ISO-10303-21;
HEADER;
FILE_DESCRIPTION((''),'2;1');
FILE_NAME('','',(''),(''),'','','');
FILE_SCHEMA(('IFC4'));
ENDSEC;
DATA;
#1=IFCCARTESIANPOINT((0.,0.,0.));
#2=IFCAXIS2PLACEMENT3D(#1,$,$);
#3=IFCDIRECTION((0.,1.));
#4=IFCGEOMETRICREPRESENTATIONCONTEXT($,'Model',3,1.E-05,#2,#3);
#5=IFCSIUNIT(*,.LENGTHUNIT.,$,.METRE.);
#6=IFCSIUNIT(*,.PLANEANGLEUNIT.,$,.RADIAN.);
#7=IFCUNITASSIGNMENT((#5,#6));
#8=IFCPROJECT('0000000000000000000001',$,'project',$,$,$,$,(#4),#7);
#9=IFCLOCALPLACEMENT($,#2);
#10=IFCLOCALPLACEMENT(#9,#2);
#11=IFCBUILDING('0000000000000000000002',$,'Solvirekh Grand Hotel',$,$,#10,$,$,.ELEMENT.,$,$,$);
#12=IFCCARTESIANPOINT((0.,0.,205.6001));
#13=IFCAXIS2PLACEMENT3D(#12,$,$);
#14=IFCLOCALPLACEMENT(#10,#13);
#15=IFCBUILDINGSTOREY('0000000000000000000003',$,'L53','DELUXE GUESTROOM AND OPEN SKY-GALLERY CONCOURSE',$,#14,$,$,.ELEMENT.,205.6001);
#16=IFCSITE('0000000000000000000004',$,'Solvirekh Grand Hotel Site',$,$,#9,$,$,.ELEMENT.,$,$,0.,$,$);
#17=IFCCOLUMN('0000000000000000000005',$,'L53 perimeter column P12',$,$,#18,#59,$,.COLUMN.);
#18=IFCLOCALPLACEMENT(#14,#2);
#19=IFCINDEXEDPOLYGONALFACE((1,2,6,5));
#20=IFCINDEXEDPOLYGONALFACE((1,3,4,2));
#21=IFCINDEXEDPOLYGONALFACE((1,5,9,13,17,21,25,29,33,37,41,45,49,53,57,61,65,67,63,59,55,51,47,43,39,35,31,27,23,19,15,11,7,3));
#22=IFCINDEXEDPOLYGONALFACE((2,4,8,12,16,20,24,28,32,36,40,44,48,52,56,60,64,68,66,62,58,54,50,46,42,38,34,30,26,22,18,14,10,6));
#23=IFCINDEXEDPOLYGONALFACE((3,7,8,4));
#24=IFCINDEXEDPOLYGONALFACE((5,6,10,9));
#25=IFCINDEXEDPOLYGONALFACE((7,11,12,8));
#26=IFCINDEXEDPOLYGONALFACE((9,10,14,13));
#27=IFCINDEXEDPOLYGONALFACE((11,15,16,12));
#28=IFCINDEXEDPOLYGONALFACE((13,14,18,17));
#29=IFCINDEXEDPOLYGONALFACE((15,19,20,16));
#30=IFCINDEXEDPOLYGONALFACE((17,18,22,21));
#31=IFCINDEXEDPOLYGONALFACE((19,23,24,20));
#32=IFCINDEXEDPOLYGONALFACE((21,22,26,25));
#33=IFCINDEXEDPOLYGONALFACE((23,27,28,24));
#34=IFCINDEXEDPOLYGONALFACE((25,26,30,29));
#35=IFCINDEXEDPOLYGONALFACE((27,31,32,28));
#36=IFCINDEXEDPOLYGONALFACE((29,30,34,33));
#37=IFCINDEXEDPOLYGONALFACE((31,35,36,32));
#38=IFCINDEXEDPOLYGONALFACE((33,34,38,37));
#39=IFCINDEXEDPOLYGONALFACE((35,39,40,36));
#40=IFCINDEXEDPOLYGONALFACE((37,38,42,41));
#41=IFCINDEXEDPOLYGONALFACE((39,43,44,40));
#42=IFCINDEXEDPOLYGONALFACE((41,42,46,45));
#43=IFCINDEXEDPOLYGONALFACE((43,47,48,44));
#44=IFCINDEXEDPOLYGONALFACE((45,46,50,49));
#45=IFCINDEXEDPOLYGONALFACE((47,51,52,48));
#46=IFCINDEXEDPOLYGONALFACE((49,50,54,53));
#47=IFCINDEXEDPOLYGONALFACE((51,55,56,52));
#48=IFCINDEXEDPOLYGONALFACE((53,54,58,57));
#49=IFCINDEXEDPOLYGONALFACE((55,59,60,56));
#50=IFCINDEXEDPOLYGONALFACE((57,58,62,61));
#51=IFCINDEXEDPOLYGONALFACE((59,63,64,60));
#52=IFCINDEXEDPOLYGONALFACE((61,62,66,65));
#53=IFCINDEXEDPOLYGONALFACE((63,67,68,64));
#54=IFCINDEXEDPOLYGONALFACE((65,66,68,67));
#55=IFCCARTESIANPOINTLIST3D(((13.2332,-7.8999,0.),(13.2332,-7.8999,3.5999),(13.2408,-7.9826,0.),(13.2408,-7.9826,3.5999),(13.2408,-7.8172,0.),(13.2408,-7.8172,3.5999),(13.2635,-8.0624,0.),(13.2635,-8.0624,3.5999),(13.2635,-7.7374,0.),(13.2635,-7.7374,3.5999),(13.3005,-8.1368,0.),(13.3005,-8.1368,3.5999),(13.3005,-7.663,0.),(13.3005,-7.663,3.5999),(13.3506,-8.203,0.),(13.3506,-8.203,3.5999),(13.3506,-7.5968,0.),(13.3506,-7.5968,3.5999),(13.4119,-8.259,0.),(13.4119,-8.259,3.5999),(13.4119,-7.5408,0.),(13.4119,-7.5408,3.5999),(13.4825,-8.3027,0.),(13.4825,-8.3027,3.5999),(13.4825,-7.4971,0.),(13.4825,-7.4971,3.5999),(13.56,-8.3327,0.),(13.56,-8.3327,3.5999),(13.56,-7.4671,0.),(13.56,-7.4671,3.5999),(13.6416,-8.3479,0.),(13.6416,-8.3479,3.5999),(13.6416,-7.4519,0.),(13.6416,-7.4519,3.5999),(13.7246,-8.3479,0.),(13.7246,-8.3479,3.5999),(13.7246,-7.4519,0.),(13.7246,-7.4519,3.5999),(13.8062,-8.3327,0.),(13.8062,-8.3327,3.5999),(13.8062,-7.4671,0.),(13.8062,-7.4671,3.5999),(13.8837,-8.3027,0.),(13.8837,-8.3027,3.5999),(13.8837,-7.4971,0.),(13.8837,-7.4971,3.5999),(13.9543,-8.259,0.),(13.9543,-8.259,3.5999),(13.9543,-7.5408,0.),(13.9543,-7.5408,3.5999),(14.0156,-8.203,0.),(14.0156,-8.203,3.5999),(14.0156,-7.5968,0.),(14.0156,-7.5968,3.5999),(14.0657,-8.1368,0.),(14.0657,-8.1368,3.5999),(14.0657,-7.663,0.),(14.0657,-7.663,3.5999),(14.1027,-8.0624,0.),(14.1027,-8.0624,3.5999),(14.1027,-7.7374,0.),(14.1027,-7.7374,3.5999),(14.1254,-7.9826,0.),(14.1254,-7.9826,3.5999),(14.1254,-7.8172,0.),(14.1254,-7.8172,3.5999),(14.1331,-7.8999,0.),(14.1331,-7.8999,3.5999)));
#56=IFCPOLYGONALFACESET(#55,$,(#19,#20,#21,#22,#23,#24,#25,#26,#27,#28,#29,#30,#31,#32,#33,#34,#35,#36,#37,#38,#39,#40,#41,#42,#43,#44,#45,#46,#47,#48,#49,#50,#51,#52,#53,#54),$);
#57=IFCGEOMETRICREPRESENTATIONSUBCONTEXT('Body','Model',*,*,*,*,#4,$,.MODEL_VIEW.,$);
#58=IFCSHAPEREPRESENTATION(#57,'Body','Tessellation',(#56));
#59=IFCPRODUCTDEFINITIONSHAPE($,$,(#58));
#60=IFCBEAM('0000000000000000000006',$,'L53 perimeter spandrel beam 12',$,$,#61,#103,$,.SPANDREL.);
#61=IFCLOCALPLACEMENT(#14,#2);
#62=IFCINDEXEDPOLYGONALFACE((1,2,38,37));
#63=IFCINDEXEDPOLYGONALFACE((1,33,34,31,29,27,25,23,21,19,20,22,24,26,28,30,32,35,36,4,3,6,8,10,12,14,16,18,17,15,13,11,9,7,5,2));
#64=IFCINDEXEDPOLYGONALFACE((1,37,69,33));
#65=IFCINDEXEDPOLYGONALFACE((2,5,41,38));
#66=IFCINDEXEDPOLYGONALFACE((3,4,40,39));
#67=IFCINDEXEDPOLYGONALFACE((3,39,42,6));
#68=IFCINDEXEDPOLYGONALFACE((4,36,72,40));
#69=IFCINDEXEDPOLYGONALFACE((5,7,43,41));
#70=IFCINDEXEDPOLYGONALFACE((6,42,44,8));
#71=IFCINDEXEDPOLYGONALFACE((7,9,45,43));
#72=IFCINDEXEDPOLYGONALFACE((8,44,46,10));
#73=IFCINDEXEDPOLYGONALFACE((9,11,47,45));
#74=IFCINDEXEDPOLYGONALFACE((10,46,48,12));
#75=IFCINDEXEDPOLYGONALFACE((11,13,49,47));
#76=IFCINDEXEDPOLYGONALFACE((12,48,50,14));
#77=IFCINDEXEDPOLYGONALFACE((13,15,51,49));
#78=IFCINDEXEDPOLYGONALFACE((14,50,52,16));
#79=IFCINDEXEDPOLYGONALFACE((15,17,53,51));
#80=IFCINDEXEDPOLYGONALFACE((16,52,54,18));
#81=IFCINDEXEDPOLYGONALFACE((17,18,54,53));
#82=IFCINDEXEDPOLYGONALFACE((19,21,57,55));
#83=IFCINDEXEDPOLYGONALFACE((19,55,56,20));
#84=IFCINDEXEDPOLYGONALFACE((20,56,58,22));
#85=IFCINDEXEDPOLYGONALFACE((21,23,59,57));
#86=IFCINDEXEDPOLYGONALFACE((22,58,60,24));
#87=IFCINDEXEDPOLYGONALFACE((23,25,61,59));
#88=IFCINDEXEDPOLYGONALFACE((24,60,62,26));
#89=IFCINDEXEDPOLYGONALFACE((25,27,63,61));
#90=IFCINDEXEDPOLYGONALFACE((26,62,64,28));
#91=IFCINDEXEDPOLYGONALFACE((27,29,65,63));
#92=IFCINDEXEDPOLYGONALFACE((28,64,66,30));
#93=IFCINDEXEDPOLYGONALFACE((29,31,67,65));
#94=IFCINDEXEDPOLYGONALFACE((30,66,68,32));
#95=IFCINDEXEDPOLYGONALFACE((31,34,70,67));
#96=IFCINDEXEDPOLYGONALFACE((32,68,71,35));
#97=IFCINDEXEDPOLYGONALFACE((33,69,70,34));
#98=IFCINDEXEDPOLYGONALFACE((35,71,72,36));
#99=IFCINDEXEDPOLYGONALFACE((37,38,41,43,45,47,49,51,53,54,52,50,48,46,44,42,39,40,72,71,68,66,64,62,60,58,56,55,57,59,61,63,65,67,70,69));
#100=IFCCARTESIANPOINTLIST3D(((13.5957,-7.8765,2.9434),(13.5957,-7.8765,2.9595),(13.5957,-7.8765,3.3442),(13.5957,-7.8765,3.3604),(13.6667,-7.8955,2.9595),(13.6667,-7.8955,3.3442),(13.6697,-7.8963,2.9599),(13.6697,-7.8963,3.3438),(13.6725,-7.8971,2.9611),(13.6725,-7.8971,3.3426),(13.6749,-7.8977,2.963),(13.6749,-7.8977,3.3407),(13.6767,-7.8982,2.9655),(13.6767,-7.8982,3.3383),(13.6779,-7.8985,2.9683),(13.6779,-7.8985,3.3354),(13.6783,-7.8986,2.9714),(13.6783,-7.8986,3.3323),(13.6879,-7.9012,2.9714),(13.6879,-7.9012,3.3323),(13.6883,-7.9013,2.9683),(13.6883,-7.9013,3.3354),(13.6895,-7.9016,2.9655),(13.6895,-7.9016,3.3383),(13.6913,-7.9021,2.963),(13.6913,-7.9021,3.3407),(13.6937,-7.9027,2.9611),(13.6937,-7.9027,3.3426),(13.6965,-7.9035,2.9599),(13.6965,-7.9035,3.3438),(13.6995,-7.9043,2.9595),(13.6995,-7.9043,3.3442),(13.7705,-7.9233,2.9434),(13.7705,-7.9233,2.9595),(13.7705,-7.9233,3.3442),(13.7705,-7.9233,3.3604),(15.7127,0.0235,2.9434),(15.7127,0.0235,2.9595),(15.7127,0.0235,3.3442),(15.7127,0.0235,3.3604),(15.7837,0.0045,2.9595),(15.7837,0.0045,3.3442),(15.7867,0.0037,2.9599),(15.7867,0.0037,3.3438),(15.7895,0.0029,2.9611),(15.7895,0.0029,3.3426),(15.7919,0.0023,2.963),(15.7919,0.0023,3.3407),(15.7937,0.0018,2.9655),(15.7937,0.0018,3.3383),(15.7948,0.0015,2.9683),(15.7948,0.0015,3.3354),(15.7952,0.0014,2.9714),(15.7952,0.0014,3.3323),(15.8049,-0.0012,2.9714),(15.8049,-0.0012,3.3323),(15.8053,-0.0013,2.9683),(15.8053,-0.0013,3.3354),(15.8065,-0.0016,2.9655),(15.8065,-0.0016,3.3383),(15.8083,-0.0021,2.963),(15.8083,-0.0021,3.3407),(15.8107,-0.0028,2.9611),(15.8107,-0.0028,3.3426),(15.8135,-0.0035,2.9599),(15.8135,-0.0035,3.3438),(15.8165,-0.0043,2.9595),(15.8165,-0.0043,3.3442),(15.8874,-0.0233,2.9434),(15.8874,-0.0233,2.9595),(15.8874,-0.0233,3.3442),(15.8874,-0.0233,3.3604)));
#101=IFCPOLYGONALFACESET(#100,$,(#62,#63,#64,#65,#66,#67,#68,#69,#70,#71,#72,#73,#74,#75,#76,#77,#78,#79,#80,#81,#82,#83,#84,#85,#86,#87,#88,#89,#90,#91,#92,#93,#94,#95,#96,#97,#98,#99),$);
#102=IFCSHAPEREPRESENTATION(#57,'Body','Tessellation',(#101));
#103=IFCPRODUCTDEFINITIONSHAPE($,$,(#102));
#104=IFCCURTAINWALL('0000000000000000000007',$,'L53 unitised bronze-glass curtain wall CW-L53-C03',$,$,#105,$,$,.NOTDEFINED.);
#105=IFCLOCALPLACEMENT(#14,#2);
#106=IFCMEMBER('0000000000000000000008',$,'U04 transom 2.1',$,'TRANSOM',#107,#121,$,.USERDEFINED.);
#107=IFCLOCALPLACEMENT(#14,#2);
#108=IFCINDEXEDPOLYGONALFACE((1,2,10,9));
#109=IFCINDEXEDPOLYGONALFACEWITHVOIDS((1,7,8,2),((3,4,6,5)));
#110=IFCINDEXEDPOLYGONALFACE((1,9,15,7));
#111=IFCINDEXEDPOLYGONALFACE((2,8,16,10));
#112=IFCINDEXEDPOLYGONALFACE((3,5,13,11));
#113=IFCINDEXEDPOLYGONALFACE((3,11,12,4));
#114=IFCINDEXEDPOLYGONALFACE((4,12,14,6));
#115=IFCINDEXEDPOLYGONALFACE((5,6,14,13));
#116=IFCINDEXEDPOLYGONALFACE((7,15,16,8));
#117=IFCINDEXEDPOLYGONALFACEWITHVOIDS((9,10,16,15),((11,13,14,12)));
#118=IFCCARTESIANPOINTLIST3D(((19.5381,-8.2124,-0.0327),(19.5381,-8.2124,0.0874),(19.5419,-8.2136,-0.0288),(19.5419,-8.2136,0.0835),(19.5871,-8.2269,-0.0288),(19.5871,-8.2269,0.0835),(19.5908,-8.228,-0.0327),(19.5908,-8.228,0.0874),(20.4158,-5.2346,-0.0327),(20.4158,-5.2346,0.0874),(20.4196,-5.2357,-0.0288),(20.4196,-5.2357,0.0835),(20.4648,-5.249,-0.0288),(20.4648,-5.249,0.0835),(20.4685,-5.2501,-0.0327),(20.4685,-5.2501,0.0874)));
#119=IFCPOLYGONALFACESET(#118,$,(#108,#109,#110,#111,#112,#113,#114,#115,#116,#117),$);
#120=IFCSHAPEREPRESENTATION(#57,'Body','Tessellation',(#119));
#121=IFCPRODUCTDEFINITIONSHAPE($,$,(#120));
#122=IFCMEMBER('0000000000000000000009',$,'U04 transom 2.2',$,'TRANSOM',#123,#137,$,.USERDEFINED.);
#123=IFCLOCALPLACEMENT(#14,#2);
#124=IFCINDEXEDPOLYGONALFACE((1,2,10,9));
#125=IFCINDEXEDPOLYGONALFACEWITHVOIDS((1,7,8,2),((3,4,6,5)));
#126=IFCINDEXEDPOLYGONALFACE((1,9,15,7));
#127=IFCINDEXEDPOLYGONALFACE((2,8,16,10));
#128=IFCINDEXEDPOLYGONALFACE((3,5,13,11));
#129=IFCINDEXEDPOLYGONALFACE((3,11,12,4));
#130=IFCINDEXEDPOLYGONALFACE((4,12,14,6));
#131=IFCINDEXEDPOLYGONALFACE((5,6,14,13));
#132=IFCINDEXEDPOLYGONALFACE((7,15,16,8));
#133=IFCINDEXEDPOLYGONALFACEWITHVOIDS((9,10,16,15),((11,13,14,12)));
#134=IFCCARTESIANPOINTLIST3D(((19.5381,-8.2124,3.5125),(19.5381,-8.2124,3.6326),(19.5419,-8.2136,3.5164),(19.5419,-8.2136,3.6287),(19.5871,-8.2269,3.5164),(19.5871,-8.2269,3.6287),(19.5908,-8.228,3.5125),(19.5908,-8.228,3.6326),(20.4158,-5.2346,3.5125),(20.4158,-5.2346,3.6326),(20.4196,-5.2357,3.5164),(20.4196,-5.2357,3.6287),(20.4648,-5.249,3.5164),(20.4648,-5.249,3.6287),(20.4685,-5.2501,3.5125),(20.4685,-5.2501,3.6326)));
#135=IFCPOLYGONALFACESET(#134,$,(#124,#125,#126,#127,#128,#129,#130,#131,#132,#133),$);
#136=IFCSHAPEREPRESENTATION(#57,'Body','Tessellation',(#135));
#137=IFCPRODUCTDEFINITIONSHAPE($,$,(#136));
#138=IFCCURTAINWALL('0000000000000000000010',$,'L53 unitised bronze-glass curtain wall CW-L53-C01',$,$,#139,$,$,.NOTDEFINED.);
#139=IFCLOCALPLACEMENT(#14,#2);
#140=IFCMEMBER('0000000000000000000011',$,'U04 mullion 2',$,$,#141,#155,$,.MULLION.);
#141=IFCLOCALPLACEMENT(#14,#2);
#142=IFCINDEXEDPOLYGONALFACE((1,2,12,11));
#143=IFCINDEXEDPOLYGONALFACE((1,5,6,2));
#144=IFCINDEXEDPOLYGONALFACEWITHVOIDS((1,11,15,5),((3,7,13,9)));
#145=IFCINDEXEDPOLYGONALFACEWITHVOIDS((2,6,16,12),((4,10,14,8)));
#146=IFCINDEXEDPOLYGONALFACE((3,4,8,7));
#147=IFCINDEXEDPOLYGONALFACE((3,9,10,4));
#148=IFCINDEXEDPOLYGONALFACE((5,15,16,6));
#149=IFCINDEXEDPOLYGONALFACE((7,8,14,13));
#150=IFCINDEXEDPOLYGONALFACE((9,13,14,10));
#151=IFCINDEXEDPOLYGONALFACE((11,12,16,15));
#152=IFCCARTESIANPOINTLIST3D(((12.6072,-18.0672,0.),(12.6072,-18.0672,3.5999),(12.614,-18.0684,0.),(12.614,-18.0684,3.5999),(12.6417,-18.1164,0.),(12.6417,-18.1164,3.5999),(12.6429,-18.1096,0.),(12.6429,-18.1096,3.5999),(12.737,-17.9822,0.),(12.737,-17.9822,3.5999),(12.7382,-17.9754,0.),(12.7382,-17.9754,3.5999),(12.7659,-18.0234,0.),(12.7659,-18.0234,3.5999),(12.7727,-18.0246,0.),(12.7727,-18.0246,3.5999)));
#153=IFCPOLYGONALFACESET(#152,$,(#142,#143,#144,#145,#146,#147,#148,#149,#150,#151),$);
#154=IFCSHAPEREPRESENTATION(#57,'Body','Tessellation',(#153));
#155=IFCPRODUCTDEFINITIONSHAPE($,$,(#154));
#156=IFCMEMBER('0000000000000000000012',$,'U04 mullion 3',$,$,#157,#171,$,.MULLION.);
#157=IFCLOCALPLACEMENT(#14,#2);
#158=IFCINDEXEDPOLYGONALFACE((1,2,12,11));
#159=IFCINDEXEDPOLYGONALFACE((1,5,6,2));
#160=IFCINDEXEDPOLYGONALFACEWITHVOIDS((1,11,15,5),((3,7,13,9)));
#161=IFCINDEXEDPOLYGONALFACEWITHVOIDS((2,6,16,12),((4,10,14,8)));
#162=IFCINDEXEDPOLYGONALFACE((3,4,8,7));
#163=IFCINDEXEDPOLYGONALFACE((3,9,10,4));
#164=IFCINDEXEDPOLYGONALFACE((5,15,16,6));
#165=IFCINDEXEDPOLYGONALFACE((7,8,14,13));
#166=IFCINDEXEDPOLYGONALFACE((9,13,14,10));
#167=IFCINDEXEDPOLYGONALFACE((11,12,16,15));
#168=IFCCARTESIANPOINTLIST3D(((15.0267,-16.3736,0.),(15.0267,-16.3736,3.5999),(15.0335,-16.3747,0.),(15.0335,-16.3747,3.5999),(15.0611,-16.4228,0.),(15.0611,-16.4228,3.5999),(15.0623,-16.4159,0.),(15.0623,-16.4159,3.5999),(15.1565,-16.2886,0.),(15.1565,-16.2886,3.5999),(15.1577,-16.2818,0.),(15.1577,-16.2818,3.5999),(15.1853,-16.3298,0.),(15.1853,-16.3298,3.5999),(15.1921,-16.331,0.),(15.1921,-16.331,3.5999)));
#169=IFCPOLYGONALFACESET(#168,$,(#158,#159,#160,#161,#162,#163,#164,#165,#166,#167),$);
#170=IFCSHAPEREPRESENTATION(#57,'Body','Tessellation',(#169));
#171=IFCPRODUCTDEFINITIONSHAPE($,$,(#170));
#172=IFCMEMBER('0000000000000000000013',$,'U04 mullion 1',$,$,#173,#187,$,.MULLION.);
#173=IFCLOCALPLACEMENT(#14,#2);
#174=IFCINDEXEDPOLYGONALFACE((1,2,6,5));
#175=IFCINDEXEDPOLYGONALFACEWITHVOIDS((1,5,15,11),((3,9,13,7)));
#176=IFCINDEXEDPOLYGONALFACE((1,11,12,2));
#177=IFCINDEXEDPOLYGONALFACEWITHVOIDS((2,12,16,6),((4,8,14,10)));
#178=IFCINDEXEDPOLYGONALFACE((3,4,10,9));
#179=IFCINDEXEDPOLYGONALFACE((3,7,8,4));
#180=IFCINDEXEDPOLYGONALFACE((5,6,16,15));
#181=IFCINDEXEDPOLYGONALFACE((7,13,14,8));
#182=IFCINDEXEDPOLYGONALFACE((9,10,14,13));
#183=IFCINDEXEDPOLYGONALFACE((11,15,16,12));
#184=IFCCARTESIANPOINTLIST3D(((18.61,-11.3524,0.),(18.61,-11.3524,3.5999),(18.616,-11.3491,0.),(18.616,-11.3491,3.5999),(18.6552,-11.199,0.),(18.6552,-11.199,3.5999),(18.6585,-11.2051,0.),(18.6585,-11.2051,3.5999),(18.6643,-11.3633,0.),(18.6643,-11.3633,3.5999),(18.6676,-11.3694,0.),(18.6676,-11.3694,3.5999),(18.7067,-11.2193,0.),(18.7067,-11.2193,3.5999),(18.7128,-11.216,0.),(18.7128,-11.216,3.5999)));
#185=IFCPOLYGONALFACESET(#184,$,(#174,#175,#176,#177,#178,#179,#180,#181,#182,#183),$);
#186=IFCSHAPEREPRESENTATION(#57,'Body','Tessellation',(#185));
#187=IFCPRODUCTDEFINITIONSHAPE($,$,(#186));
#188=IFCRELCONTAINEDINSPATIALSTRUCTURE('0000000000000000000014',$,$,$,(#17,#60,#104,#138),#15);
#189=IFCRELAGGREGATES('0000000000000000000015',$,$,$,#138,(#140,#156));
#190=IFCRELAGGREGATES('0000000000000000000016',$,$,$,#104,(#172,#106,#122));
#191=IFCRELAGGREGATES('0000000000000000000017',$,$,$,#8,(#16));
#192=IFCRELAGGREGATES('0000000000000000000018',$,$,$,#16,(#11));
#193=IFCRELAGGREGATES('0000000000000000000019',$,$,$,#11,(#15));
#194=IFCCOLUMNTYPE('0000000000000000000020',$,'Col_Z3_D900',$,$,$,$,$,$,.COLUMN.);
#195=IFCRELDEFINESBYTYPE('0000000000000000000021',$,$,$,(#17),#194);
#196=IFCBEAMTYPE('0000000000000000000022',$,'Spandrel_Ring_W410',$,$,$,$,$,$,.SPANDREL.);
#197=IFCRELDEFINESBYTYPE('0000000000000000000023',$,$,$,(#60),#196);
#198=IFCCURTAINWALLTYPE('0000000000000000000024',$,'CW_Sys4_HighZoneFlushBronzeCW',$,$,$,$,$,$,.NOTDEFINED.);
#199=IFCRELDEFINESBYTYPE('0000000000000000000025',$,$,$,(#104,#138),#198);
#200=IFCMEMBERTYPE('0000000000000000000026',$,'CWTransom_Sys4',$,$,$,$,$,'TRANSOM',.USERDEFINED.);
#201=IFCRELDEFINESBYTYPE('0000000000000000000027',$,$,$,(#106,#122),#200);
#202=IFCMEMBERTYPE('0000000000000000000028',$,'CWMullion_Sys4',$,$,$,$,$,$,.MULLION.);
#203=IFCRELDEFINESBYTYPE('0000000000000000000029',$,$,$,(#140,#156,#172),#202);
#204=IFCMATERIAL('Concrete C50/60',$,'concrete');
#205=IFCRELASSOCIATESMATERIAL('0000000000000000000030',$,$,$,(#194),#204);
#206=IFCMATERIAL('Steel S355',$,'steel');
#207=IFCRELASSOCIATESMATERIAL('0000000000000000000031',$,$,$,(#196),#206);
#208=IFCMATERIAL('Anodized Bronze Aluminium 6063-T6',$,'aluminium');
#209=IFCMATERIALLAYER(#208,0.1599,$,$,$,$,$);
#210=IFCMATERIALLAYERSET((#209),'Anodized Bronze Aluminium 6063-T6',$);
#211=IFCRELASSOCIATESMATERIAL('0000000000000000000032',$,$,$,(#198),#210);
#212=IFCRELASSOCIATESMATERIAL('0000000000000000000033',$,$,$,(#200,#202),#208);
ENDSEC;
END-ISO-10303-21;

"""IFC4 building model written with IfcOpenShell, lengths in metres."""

from ifc_helpers import new_model, si_unit, direction, frame, origin, origin_2d, place, context, subcontext, project, spatial, hollow_rectangle, circle, i_section, extrude, source, transform, mapped, material, layer, layer_set, material_profile, profile_set, type_object, element, aggregate, save


model = new_model("IFC4")

# Units and contexts
model_context = context("Model", 3, precision=1e-05, world=origin(), true_north=direction((0.0, 1.0)))
body_context = subcontext(model_context, "Body", "Model", "MODEL_VIEW")
ifc_project = project(units=[si_unit("LENGTHUNIT", "METRE"), si_unit("PLANEANGLEUNIT", "RADIAN")], contexts=[model_context])

# Site, building, storey
site_placement = place(None, origin())
site = spatial("IfcSite", under=ifc_project, at=site_placement, Name="Solvirekh Grand Hotel Site", CompositionType="ELEMENT", RefElevation=0.0)
building_placement = place(site_placement, origin())
building = spatial("IfcBuilding", under=site, at=building_placement, Name="Solvirekh Grand Hotel", CompositionType="ELEMENT")
storey_placement = place(building_placement, frame((0.0, 0.0, 205.6001)))
storey = spatial("IfcBuildingStorey", under=building, at=storey_placement, Name="L53", Description="DELUXE GUESTROOM AND OPEN SKY-GALLERY CONCOURSE", CompositionType="ELEMENT", Elevation=205.6001)

# Column
ifc_material_1 = material(Name="Concrete C50/60", Category="concrete")
ifc_material_profile_1 = material_profile(ifc_material_1, circle(Radius=0.45, at=origin_2d()), Name="RC CIRC D900")
ifc_profile_set_1 = profile_set([ifc_material_profile_1], Name="Concrete C50/60")
column_type = type_object("IfcColumnType", Name="Col_Z3_D900", PredefinedType="COLUMN", material=ifc_profile_set_1)
column_placement = place(storey_placement, frame((13.6831, -7.8999, 0.0), z_axis=(0.0, 0.0, 1.0), x_axis=(1.0, 0.0, 0.0)))
element("IfcColumn", 1, at=column_placement, inside=storey, type_object=column_type, Name="L53 perimeter column P12", PredefinedType="COLUMN", context=body_context, shape_type="SweptSolid", body=[
    extrude(circle(Radius=0.45, at=origin_2d()), origin(), (0.0, 0.0, 1.0), 3.5999),
])

# Beam
ifc_material_2 = material(Name="Steel S355", Category="steel")
ifc_material_profile_2 = material_profile(ifc_material_2, i_section(OverallWidth=0.1809, OverallDepth=0.417, WebThickness=0.01, FlangeThickness=0.0161, FilletRadius=0.012, at=origin_2d()), Name="W410X85")
ifc_profile_set_2 = profile_set([ifc_material_profile_2], Name="Steel S355")
beam_type = type_object("IfcBeamType", Name="Spandrel_Ring_W410", PredefinedType="SPANDREL", material=ifc_profile_set_2)
beam_placement = place(storey_placement, frame((13.6831, -7.8999, 3.1519), z_axis=(0.258839, 0.965921, 0.0), x_axis=(-0.965921, 0.258839, 0.0)))
element("IfcBeam", 2, at=beam_placement, inside=storey, type_object=beam_type, Name="L53 perimeter spandrel beam 12", PredefinedType="SPANDREL", context=body_context, shape_type="SweptSolid", body=[
    extrude(i_section(OverallWidth=0.1809, OverallDepth=0.417, WebThickness=0.01, FlangeThickness=0.0161, FilletRadius=0.012, at=origin_2d()), origin(), (0.0, 0.0, 1.0), 8.1787),
])

# Curtain walls, members
ifc_material_3 = material(Name="Anodized Bronze Aluminium 6063-T6", Category="aluminium")
ifc_layer_1 = layer(ifc_material_3, 0.1599)
ifc_layer_set_1 = layer_set([ifc_layer_1], Name="Anodized Bronze Aluminium 6063-T6")
curtain_wall_type = type_object("IfcCurtainWallType", Name="CW_Sys4_HighZoneFlushBronzeCW", PredefinedType="NOTDEFINED", material=ifc_layer_set_1)
curtain_wall_1_placement = place(storey_placement, origin())
curtain_wall_1 = element("IfcCurtainWall", 3, at=curtain_wall_1_placement, inside=storey, type_object=curtain_wall_type, Name="L53 unitised bronze-glass curtain wall CW-L53-C03", PredefinedType="NOTDEFINED")
ifc_material_profile_3 = material_profile(ifc_material_3, hollow_rectangle(XDim=0.0549, YDim=0.1201, WallThickness=0.0039, at=origin_2d()), Name="ALU RHS 120X55X4")
ifc_profile_set_3 = profile_set([ifc_material_profile_3], Name="Anodized Bronze Aluminium 6063-T6")
member_type_1 = type_object("IfcMemberType", Name="CWTransom_Sys4", ElementType="TRANSOM", PredefinedType="USERDEFINED", material=ifc_profile_set_3)
shared_shape_1 = source(origin(), body_context, "Body", "SweptSolid", [
    extrude(hollow_rectangle(XDim=0.0549, YDim=0.1201, WallThickness=0.0039, at=origin_2d()), origin(), (0.0, 0.0, 1.0), 3.1045),
])
member_1_placement = place(storey_placement, frame((19.5645, -8.2202, 0.0273), z_axis=(0.28272, 0.959203, 0.0), x_axis=(-0.959203, 0.28272, 0.0)))
member_1 = element("IfcMember", 4, at=member_1_placement, type_object=member_type_1, Name="U04 transom 2.1", ObjectType="TRANSOM", PredefinedType="USERDEFINED", context=body_context, shape_type="MappedRepresentation", body=[
    mapped(shared_shape_1, transform((0.0, 0.0, 0.0), x_axis=(1.0, 0.0, 0.0), y_axis=(0.0, 1.0, 0.0), z_axis=(0.0, 0.0, 1.0), scale=1.0)),
])
member_2_placement = place(storey_placement, frame((19.5645, -8.2202, 3.5725), z_axis=(0.28272, 0.959203, 0.0), x_axis=(-0.959203, 0.28272, 0.0)))
member_2 = element("IfcMember", 5, at=member_2_placement, type_object=member_type_1, Name="U04 transom 2.2", ObjectType="TRANSOM", PredefinedType="USERDEFINED", context=body_context, shape_type="MappedRepresentation", body=[
    mapped(shared_shape_1, transform((0.0, 0.0, 0.0), x_axis=(1.0, 0.0, 0.0), y_axis=(0.0, 1.0, 0.0), z_axis=(0.0, 0.0, 1.0), scale=1.0)),
])
curtain_wall_2_placement = place(storey_placement, origin())
curtain_wall_2 = element("IfcCurtainWall", 6, at=curtain_wall_2_placement, inside=storey, type_object=curtain_wall_type, Name="L53 unitised bronze-glass curtain wall CW-L53-C01", PredefinedType="NOTDEFINED")
ifc_material_profile_4 = material_profile(ifc_material_3, hollow_rectangle(XDim=0.0601, YDim=0.1599, WallThickness=0.0049, at=origin_2d()), Name="ALU RHS 160X60X5")
ifc_profile_set_4 = profile_set([ifc_material_profile_4], Name="Anodized Bronze Aluminium 6063-T6")
member_type_2 = type_object("IfcMemberType", Name="CWMullion_Sys4", PredefinedType="MULLION", material=ifc_profile_set_4)
shared_shape_2 = source(origin(), body_context, "Body", "SweptSolid", [
    extrude(hollow_rectangle(XDim=0.0601, YDim=0.1599, WallThickness=0.0049, at=origin_2d()), origin(), (0.0, 0.0, 1.0), 3.5999),
])
member_3_placement = place(storey_placement, frame((12.6899, -18.0459, 0.0), z_axis=(0.0, 0.0, 1.0), x_axis=(-0.573507, 0.8192, 0.0)))
member_3 = element("IfcMember", 7, at=member_3_placement, type_object=member_type_2, Name="U04 mullion 2", PredefinedType="MULLION", context=body_context, shape_type="MappedRepresentation", body=[
    mapped(shared_shape_2, transform((0.0, 0.0, 0.0), x_axis=(1.0, 0.0, 0.0), y_axis=(0.0, 1.0, 0.0), z_axis=(0.0, 0.0, 1.0), scale=1.0)),
])
member_4_placement = place(storey_placement, frame((15.1094, -16.3523, 0.0), z_axis=(0.0, 0.0, 1.0), x_axis=(-0.573507, 0.8192, 0.0)))
member_4 = element("IfcMember", 8, at=member_4_placement, type_object=member_type_2, Name="U04 mullion 3", PredefinedType="MULLION", context=body_context, shape_type="MappedRepresentation", body=[
    mapped(shared_shape_2, transform((0.0, 0.0, 0.0), x_axis=(1.0, 0.0, 0.0), y_axis=(0.0, 1.0, 0.0), z_axis=(0.0, 0.0, 1.0), scale=1.0)),
])

# Member
member_5_placement = place(storey_placement, frame((18.6614, -11.2842, 0.0), z_axis=(0.0, 0.0, 1.0), x_axis=(-0.959211, 0.282692, 0.0)))
member_5 = element("IfcMember", 9, at=member_5_placement, type_object=member_type_2, Name="U04 mullion 1", PredefinedType="MULLION", context=body_context, shape_type="MappedRepresentation", body=[
    mapped(shared_shape_2, transform((0.0, 0.0, 0.0), x_axis=(1.0, 0.0, 0.0), y_axis=(0.0, 1.0, 0.0), z_axis=(0.0, 0.0, 1.0), scale=1.0)),
])

aggregate(curtain_wall_2, [member_3, member_4])
aggregate(curtain_wall_1, [member_5, member_1, member_2])

save(model, "model.ifc")
